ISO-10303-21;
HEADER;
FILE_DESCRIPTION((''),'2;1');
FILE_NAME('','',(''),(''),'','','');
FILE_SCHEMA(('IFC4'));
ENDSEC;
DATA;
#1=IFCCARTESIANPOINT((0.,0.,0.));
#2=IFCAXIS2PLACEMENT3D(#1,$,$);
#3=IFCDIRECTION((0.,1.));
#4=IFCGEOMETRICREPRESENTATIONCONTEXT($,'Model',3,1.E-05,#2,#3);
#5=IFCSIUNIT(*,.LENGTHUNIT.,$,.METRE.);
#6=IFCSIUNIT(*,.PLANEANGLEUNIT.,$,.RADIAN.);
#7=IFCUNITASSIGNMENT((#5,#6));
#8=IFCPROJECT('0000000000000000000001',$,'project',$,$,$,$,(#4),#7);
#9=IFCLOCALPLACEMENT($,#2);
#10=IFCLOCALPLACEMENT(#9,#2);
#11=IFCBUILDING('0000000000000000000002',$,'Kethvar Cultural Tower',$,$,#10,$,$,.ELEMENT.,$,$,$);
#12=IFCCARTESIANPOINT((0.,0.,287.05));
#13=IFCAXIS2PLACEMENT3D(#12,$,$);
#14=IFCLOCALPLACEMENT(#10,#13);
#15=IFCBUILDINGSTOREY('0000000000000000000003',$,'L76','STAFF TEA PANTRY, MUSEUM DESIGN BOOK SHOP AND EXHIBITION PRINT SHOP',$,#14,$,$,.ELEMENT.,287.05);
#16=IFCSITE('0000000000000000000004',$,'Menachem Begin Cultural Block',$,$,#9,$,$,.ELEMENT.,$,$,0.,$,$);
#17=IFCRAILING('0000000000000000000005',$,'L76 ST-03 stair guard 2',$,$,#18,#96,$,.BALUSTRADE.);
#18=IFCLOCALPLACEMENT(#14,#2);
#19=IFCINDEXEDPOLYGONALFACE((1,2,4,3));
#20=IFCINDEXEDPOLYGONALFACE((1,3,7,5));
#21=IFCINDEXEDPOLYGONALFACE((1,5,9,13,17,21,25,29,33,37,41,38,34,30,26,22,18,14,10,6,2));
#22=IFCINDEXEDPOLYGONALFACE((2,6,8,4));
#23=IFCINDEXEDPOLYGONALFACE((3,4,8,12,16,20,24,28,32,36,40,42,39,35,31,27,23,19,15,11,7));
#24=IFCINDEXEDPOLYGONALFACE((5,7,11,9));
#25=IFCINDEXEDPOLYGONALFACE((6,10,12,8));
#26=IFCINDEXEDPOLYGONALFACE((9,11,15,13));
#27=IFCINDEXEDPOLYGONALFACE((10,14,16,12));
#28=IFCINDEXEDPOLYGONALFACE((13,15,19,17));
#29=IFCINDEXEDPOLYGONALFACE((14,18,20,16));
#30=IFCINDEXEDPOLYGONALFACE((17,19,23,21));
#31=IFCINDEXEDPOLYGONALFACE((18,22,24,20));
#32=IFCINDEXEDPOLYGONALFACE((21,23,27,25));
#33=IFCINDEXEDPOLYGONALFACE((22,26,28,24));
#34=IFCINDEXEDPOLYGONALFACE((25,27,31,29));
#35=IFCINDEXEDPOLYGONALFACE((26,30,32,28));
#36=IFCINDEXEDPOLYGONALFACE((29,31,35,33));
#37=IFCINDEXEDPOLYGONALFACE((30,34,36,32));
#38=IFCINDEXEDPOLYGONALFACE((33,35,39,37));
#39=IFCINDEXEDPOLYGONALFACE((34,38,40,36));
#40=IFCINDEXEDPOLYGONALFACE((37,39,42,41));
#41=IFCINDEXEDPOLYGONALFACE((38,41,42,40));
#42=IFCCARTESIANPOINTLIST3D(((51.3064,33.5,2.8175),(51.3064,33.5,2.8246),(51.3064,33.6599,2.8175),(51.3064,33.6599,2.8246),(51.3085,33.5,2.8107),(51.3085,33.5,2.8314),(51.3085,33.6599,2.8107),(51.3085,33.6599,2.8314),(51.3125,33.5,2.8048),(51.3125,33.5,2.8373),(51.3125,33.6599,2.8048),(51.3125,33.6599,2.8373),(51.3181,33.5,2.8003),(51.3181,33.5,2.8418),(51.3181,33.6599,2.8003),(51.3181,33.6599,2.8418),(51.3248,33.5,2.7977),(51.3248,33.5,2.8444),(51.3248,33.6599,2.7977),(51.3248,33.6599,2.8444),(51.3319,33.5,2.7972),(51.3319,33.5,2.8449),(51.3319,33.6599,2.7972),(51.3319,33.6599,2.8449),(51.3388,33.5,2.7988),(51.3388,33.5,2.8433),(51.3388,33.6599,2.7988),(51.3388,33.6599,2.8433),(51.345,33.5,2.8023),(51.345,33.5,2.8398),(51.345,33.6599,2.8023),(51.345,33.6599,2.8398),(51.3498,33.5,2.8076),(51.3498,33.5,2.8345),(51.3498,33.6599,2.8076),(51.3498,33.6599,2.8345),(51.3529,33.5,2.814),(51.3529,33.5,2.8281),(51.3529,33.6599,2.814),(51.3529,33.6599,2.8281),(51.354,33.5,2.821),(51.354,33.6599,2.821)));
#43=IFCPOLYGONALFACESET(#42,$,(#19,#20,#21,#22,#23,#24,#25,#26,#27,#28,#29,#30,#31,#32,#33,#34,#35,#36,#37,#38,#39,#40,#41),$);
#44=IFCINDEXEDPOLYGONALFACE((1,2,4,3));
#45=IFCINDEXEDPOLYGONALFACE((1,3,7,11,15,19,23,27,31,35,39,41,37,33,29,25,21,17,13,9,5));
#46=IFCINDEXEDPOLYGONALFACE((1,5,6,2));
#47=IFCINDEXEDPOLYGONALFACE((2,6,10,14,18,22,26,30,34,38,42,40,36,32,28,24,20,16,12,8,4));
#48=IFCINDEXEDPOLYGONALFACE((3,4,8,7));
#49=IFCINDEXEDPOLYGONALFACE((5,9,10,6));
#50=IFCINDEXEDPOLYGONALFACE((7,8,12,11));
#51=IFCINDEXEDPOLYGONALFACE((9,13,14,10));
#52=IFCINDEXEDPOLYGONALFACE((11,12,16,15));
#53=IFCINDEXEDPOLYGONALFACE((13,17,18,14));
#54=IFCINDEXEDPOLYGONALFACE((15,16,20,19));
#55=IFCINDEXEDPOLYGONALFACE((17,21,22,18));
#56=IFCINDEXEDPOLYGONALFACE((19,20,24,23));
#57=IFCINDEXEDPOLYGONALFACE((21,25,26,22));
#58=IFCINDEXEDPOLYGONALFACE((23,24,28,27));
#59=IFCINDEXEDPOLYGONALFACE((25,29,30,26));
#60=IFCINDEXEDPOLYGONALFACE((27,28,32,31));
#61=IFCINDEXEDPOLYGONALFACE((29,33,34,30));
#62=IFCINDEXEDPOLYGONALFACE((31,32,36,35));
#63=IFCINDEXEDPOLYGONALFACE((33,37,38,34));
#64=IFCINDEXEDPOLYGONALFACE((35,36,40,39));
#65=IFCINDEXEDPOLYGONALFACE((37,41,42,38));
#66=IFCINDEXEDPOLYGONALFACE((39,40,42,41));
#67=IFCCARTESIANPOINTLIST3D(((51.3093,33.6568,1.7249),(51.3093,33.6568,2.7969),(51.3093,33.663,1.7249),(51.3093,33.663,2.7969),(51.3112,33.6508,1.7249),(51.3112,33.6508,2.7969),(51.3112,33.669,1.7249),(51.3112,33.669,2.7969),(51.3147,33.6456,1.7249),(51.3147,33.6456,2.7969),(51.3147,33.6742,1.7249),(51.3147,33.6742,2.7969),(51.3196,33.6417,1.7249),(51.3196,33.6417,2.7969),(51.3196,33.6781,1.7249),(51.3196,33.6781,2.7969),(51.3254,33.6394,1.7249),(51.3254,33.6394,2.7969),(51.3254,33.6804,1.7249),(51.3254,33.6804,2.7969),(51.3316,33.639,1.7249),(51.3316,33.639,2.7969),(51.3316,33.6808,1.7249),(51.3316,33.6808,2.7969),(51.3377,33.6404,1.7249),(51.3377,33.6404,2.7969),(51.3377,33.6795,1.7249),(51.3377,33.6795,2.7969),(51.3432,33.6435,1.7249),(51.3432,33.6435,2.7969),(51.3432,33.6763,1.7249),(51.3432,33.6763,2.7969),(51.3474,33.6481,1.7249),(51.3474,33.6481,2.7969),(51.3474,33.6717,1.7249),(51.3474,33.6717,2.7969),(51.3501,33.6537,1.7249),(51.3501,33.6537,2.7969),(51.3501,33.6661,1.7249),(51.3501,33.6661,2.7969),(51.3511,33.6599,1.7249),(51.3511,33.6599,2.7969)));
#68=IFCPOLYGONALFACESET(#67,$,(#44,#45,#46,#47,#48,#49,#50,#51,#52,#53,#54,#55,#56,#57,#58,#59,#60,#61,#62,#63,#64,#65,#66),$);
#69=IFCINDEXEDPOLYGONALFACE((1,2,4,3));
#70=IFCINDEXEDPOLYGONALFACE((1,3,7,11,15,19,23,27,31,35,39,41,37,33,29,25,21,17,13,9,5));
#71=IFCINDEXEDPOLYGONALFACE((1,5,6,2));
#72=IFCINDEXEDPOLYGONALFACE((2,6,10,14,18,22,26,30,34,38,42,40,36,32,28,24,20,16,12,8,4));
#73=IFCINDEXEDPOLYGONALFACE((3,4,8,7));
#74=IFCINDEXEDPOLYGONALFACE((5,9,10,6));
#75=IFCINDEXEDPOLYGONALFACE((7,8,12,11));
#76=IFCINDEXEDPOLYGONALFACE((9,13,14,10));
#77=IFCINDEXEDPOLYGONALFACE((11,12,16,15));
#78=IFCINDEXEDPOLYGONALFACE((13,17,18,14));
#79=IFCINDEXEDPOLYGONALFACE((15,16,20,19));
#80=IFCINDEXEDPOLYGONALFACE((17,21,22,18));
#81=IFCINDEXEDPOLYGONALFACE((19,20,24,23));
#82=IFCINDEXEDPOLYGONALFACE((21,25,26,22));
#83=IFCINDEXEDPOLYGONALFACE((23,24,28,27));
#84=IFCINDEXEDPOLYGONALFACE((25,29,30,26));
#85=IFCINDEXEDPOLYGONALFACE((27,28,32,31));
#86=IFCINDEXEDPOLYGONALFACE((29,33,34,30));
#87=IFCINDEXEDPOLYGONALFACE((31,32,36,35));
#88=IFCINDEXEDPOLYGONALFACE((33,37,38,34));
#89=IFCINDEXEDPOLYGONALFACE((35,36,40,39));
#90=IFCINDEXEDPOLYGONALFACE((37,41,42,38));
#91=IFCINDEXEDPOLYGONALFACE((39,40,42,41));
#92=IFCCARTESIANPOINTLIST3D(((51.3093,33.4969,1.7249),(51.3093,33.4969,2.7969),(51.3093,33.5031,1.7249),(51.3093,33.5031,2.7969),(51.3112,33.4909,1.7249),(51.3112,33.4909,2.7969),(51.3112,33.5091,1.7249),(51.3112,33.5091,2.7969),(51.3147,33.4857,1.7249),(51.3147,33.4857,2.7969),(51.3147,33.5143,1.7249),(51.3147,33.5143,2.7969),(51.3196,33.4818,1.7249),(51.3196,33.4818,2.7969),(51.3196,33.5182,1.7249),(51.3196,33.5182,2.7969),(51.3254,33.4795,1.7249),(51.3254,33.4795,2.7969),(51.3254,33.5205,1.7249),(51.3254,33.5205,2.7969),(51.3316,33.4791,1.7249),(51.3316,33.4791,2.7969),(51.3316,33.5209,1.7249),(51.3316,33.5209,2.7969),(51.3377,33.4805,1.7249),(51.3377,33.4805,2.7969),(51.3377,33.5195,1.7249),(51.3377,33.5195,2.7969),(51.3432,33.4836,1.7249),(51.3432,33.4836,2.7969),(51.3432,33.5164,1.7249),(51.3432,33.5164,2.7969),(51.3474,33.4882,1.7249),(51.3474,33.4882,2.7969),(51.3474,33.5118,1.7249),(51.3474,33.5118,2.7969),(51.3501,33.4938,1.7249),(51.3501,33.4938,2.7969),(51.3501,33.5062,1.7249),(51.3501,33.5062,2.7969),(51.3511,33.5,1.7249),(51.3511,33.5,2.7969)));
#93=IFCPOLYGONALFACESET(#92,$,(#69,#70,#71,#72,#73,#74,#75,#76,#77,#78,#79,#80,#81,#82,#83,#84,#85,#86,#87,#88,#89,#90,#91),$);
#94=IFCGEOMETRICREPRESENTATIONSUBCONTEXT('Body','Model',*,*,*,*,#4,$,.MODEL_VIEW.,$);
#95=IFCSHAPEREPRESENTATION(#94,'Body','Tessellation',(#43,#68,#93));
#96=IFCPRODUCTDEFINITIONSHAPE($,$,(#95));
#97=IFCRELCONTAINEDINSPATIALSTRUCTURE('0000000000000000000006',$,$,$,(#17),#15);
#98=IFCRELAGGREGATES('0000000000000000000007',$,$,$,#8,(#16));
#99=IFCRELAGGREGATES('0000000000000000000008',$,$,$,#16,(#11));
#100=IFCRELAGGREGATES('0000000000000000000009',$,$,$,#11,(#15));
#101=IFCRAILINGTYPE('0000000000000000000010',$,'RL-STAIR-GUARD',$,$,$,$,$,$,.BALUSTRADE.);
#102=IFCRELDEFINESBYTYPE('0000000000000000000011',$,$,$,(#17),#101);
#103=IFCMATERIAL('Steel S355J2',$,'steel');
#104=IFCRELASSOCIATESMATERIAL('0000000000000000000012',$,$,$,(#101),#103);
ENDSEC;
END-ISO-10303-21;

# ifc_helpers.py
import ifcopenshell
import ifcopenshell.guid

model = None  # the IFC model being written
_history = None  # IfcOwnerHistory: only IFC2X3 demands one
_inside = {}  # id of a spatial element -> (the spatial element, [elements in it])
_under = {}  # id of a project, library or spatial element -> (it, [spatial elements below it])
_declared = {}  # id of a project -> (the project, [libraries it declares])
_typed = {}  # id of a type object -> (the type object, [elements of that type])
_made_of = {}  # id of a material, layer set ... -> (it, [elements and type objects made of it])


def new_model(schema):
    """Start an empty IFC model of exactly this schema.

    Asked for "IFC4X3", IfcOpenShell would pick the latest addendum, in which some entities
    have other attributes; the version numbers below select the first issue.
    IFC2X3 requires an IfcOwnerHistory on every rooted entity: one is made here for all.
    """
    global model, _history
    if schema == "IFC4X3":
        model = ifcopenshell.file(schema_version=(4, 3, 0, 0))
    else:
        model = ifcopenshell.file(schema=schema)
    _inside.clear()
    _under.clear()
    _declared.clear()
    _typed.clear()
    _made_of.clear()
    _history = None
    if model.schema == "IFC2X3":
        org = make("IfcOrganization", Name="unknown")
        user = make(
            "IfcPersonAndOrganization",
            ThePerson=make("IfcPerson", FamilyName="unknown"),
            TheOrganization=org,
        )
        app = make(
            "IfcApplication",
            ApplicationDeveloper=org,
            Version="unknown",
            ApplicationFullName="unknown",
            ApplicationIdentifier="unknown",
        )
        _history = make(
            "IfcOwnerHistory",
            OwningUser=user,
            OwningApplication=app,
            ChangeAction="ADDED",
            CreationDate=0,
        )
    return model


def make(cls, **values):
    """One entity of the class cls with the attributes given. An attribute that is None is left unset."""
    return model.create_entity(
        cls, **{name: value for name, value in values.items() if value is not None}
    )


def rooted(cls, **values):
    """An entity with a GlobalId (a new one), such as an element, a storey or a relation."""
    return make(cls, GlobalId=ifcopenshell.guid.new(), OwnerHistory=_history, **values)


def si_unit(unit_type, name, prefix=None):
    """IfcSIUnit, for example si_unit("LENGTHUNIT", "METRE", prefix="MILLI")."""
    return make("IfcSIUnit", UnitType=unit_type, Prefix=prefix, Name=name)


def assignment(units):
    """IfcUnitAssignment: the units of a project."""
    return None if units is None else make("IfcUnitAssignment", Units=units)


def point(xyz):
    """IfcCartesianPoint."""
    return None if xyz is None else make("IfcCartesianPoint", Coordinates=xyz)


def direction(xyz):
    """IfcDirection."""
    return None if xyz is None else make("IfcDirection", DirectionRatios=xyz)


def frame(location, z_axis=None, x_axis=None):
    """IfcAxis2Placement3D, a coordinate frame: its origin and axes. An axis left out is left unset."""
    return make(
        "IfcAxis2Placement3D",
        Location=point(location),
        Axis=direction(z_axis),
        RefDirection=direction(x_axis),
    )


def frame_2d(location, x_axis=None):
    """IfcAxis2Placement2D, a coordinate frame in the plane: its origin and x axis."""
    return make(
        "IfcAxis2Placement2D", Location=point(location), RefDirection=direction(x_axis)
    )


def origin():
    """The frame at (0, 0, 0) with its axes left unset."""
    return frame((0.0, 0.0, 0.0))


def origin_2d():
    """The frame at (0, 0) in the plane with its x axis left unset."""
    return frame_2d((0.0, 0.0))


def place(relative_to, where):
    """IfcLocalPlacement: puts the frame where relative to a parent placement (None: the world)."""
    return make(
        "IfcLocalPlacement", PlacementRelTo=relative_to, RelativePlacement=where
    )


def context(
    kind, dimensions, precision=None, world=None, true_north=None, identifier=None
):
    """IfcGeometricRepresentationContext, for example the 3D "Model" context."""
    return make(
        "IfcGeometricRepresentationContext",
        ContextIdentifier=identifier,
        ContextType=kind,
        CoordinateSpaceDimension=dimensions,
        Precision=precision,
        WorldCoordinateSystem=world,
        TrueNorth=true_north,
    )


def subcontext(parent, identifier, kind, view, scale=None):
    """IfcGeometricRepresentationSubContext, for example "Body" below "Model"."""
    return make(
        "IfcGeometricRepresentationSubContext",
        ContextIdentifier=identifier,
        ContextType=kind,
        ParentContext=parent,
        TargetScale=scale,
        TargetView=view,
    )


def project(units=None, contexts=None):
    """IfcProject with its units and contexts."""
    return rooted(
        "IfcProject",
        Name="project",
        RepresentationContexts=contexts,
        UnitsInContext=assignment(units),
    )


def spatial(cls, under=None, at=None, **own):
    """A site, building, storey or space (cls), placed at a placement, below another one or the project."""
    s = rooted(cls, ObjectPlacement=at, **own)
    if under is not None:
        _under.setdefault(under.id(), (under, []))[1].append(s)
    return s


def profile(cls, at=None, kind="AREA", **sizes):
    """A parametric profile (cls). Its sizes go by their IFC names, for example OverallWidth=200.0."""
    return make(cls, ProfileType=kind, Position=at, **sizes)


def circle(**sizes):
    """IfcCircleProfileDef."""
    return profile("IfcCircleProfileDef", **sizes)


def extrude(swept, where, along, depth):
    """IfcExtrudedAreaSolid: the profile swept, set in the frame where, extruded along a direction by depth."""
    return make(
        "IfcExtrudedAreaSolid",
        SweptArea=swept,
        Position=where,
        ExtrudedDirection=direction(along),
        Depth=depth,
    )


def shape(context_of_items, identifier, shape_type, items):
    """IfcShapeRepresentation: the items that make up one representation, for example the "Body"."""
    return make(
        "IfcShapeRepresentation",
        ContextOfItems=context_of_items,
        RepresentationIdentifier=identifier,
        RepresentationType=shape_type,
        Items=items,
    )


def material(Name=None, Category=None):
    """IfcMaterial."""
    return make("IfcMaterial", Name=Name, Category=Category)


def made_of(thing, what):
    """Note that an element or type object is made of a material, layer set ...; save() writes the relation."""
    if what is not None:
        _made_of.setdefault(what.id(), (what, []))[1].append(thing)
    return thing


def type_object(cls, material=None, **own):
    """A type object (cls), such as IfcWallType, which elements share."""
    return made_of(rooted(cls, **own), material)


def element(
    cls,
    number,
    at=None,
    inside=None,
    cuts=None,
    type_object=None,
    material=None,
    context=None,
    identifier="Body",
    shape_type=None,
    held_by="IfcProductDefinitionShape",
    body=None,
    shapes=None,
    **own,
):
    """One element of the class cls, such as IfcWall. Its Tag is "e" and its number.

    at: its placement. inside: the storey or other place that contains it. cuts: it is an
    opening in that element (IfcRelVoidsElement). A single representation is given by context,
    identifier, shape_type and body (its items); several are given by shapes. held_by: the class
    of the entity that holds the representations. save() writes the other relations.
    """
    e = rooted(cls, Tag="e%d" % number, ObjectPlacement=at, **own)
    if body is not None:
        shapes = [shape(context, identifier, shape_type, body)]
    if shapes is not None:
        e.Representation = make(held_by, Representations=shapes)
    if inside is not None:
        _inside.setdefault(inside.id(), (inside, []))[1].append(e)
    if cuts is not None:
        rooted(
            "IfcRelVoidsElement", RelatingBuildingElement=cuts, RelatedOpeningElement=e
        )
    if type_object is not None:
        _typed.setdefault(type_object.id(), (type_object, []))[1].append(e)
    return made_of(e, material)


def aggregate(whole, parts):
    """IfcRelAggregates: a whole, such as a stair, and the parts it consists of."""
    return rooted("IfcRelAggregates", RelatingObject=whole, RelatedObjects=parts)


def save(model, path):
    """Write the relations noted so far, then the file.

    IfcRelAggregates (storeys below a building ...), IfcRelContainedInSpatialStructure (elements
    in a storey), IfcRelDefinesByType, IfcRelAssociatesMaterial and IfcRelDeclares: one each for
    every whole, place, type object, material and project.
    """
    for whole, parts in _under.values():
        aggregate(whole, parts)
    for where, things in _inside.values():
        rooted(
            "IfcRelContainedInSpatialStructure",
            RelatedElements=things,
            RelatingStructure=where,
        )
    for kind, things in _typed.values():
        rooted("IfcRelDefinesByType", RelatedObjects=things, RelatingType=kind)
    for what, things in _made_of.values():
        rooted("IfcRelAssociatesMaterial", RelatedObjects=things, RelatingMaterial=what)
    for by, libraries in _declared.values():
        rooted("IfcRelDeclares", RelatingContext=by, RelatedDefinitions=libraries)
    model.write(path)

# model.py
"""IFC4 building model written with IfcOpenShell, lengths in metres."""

from ifc_helpers import new_model, si_unit, direction, frame, origin, origin_2d, place, context, subcontext, project, spatial, circle, extrude, material, type_object, element, save


model = new_model("IFC4")

# Units and contexts
model_context = context("Model", 3, precision=1e-05, world=origin(), true_north=direction((0.0, 1.0)))
body_context = subcontext(model_context, "Body", "Model", "MODEL_VIEW")
ifc_project = project(units=[si_unit("LENGTHUNIT", "METRE"), si_unit("PLANEANGLEUNIT", "RADIAN")], contexts=[model_context])

# Site, building, storey
site_placement = place(None, origin())
site = spatial("IfcSite", under=ifc_project, at=site_placement, Name="Menachem Begin Cultural Block", CompositionType="ELEMENT", RefElevation=0.0)
building_placement = place(site_placement, origin())
building = spatial("IfcBuilding", under=site, at=building_placement, Name="Kethvar Cultural Tower", CompositionType="ELEMENT")
storey_placement = place(building_placement, frame((0.0, 0.0, 287.05)))
storey = spatial("IfcBuildingStorey", under=building, at=storey_placement, Name="L76", Description="STAFF TEA PANTRY, MUSEUM DESIGN BOOK SHOP AND EXHIBITION PRINT SHOP", CompositionType="ELEMENT", Elevation=287.05)

# Shared definitions
ifc_material_1 = material(Name="Steel S355J2", Category="steel")

# Railing
railing_type_1 = type_object("IfcRailingType", Name="RL-STAIR-GUARD", PredefinedType="BALUSTRADE", material=ifc_material_1)
railing_1_placement = place(storey_placement, frame((51.3301, 33.6599, 1.7249)))
element("IfcRailing", 1, at=railing_1_placement, inside=storey, type_object=railing_type_1, Name="L76 ST-03 stair guard 2", PredefinedType="BALUSTRADE", context=body_context, shape_type="SweptSolid", body=[
    extrude(circle(Radius=0.0239, at=origin_2d()), frame((0.0, 0.0, 1.0962), z_axis=(0.0, -1.0, 0.0), x_axis=(1.0, 0.0, 0.0)), (0.0, 0.0, 1.0), 0.1599),
    extrude(circle(Radius=0.021, at=origin_2d()), origin(), (0.0, 0.0, 1.0), 1.072),
    extrude(circle(Radius=0.021, at=origin_2d()), frame((0.0, -0.1599, 0.0)), (0.0, 0.0, 1.0), 1.072),
])

save(model, "model.ifc")
